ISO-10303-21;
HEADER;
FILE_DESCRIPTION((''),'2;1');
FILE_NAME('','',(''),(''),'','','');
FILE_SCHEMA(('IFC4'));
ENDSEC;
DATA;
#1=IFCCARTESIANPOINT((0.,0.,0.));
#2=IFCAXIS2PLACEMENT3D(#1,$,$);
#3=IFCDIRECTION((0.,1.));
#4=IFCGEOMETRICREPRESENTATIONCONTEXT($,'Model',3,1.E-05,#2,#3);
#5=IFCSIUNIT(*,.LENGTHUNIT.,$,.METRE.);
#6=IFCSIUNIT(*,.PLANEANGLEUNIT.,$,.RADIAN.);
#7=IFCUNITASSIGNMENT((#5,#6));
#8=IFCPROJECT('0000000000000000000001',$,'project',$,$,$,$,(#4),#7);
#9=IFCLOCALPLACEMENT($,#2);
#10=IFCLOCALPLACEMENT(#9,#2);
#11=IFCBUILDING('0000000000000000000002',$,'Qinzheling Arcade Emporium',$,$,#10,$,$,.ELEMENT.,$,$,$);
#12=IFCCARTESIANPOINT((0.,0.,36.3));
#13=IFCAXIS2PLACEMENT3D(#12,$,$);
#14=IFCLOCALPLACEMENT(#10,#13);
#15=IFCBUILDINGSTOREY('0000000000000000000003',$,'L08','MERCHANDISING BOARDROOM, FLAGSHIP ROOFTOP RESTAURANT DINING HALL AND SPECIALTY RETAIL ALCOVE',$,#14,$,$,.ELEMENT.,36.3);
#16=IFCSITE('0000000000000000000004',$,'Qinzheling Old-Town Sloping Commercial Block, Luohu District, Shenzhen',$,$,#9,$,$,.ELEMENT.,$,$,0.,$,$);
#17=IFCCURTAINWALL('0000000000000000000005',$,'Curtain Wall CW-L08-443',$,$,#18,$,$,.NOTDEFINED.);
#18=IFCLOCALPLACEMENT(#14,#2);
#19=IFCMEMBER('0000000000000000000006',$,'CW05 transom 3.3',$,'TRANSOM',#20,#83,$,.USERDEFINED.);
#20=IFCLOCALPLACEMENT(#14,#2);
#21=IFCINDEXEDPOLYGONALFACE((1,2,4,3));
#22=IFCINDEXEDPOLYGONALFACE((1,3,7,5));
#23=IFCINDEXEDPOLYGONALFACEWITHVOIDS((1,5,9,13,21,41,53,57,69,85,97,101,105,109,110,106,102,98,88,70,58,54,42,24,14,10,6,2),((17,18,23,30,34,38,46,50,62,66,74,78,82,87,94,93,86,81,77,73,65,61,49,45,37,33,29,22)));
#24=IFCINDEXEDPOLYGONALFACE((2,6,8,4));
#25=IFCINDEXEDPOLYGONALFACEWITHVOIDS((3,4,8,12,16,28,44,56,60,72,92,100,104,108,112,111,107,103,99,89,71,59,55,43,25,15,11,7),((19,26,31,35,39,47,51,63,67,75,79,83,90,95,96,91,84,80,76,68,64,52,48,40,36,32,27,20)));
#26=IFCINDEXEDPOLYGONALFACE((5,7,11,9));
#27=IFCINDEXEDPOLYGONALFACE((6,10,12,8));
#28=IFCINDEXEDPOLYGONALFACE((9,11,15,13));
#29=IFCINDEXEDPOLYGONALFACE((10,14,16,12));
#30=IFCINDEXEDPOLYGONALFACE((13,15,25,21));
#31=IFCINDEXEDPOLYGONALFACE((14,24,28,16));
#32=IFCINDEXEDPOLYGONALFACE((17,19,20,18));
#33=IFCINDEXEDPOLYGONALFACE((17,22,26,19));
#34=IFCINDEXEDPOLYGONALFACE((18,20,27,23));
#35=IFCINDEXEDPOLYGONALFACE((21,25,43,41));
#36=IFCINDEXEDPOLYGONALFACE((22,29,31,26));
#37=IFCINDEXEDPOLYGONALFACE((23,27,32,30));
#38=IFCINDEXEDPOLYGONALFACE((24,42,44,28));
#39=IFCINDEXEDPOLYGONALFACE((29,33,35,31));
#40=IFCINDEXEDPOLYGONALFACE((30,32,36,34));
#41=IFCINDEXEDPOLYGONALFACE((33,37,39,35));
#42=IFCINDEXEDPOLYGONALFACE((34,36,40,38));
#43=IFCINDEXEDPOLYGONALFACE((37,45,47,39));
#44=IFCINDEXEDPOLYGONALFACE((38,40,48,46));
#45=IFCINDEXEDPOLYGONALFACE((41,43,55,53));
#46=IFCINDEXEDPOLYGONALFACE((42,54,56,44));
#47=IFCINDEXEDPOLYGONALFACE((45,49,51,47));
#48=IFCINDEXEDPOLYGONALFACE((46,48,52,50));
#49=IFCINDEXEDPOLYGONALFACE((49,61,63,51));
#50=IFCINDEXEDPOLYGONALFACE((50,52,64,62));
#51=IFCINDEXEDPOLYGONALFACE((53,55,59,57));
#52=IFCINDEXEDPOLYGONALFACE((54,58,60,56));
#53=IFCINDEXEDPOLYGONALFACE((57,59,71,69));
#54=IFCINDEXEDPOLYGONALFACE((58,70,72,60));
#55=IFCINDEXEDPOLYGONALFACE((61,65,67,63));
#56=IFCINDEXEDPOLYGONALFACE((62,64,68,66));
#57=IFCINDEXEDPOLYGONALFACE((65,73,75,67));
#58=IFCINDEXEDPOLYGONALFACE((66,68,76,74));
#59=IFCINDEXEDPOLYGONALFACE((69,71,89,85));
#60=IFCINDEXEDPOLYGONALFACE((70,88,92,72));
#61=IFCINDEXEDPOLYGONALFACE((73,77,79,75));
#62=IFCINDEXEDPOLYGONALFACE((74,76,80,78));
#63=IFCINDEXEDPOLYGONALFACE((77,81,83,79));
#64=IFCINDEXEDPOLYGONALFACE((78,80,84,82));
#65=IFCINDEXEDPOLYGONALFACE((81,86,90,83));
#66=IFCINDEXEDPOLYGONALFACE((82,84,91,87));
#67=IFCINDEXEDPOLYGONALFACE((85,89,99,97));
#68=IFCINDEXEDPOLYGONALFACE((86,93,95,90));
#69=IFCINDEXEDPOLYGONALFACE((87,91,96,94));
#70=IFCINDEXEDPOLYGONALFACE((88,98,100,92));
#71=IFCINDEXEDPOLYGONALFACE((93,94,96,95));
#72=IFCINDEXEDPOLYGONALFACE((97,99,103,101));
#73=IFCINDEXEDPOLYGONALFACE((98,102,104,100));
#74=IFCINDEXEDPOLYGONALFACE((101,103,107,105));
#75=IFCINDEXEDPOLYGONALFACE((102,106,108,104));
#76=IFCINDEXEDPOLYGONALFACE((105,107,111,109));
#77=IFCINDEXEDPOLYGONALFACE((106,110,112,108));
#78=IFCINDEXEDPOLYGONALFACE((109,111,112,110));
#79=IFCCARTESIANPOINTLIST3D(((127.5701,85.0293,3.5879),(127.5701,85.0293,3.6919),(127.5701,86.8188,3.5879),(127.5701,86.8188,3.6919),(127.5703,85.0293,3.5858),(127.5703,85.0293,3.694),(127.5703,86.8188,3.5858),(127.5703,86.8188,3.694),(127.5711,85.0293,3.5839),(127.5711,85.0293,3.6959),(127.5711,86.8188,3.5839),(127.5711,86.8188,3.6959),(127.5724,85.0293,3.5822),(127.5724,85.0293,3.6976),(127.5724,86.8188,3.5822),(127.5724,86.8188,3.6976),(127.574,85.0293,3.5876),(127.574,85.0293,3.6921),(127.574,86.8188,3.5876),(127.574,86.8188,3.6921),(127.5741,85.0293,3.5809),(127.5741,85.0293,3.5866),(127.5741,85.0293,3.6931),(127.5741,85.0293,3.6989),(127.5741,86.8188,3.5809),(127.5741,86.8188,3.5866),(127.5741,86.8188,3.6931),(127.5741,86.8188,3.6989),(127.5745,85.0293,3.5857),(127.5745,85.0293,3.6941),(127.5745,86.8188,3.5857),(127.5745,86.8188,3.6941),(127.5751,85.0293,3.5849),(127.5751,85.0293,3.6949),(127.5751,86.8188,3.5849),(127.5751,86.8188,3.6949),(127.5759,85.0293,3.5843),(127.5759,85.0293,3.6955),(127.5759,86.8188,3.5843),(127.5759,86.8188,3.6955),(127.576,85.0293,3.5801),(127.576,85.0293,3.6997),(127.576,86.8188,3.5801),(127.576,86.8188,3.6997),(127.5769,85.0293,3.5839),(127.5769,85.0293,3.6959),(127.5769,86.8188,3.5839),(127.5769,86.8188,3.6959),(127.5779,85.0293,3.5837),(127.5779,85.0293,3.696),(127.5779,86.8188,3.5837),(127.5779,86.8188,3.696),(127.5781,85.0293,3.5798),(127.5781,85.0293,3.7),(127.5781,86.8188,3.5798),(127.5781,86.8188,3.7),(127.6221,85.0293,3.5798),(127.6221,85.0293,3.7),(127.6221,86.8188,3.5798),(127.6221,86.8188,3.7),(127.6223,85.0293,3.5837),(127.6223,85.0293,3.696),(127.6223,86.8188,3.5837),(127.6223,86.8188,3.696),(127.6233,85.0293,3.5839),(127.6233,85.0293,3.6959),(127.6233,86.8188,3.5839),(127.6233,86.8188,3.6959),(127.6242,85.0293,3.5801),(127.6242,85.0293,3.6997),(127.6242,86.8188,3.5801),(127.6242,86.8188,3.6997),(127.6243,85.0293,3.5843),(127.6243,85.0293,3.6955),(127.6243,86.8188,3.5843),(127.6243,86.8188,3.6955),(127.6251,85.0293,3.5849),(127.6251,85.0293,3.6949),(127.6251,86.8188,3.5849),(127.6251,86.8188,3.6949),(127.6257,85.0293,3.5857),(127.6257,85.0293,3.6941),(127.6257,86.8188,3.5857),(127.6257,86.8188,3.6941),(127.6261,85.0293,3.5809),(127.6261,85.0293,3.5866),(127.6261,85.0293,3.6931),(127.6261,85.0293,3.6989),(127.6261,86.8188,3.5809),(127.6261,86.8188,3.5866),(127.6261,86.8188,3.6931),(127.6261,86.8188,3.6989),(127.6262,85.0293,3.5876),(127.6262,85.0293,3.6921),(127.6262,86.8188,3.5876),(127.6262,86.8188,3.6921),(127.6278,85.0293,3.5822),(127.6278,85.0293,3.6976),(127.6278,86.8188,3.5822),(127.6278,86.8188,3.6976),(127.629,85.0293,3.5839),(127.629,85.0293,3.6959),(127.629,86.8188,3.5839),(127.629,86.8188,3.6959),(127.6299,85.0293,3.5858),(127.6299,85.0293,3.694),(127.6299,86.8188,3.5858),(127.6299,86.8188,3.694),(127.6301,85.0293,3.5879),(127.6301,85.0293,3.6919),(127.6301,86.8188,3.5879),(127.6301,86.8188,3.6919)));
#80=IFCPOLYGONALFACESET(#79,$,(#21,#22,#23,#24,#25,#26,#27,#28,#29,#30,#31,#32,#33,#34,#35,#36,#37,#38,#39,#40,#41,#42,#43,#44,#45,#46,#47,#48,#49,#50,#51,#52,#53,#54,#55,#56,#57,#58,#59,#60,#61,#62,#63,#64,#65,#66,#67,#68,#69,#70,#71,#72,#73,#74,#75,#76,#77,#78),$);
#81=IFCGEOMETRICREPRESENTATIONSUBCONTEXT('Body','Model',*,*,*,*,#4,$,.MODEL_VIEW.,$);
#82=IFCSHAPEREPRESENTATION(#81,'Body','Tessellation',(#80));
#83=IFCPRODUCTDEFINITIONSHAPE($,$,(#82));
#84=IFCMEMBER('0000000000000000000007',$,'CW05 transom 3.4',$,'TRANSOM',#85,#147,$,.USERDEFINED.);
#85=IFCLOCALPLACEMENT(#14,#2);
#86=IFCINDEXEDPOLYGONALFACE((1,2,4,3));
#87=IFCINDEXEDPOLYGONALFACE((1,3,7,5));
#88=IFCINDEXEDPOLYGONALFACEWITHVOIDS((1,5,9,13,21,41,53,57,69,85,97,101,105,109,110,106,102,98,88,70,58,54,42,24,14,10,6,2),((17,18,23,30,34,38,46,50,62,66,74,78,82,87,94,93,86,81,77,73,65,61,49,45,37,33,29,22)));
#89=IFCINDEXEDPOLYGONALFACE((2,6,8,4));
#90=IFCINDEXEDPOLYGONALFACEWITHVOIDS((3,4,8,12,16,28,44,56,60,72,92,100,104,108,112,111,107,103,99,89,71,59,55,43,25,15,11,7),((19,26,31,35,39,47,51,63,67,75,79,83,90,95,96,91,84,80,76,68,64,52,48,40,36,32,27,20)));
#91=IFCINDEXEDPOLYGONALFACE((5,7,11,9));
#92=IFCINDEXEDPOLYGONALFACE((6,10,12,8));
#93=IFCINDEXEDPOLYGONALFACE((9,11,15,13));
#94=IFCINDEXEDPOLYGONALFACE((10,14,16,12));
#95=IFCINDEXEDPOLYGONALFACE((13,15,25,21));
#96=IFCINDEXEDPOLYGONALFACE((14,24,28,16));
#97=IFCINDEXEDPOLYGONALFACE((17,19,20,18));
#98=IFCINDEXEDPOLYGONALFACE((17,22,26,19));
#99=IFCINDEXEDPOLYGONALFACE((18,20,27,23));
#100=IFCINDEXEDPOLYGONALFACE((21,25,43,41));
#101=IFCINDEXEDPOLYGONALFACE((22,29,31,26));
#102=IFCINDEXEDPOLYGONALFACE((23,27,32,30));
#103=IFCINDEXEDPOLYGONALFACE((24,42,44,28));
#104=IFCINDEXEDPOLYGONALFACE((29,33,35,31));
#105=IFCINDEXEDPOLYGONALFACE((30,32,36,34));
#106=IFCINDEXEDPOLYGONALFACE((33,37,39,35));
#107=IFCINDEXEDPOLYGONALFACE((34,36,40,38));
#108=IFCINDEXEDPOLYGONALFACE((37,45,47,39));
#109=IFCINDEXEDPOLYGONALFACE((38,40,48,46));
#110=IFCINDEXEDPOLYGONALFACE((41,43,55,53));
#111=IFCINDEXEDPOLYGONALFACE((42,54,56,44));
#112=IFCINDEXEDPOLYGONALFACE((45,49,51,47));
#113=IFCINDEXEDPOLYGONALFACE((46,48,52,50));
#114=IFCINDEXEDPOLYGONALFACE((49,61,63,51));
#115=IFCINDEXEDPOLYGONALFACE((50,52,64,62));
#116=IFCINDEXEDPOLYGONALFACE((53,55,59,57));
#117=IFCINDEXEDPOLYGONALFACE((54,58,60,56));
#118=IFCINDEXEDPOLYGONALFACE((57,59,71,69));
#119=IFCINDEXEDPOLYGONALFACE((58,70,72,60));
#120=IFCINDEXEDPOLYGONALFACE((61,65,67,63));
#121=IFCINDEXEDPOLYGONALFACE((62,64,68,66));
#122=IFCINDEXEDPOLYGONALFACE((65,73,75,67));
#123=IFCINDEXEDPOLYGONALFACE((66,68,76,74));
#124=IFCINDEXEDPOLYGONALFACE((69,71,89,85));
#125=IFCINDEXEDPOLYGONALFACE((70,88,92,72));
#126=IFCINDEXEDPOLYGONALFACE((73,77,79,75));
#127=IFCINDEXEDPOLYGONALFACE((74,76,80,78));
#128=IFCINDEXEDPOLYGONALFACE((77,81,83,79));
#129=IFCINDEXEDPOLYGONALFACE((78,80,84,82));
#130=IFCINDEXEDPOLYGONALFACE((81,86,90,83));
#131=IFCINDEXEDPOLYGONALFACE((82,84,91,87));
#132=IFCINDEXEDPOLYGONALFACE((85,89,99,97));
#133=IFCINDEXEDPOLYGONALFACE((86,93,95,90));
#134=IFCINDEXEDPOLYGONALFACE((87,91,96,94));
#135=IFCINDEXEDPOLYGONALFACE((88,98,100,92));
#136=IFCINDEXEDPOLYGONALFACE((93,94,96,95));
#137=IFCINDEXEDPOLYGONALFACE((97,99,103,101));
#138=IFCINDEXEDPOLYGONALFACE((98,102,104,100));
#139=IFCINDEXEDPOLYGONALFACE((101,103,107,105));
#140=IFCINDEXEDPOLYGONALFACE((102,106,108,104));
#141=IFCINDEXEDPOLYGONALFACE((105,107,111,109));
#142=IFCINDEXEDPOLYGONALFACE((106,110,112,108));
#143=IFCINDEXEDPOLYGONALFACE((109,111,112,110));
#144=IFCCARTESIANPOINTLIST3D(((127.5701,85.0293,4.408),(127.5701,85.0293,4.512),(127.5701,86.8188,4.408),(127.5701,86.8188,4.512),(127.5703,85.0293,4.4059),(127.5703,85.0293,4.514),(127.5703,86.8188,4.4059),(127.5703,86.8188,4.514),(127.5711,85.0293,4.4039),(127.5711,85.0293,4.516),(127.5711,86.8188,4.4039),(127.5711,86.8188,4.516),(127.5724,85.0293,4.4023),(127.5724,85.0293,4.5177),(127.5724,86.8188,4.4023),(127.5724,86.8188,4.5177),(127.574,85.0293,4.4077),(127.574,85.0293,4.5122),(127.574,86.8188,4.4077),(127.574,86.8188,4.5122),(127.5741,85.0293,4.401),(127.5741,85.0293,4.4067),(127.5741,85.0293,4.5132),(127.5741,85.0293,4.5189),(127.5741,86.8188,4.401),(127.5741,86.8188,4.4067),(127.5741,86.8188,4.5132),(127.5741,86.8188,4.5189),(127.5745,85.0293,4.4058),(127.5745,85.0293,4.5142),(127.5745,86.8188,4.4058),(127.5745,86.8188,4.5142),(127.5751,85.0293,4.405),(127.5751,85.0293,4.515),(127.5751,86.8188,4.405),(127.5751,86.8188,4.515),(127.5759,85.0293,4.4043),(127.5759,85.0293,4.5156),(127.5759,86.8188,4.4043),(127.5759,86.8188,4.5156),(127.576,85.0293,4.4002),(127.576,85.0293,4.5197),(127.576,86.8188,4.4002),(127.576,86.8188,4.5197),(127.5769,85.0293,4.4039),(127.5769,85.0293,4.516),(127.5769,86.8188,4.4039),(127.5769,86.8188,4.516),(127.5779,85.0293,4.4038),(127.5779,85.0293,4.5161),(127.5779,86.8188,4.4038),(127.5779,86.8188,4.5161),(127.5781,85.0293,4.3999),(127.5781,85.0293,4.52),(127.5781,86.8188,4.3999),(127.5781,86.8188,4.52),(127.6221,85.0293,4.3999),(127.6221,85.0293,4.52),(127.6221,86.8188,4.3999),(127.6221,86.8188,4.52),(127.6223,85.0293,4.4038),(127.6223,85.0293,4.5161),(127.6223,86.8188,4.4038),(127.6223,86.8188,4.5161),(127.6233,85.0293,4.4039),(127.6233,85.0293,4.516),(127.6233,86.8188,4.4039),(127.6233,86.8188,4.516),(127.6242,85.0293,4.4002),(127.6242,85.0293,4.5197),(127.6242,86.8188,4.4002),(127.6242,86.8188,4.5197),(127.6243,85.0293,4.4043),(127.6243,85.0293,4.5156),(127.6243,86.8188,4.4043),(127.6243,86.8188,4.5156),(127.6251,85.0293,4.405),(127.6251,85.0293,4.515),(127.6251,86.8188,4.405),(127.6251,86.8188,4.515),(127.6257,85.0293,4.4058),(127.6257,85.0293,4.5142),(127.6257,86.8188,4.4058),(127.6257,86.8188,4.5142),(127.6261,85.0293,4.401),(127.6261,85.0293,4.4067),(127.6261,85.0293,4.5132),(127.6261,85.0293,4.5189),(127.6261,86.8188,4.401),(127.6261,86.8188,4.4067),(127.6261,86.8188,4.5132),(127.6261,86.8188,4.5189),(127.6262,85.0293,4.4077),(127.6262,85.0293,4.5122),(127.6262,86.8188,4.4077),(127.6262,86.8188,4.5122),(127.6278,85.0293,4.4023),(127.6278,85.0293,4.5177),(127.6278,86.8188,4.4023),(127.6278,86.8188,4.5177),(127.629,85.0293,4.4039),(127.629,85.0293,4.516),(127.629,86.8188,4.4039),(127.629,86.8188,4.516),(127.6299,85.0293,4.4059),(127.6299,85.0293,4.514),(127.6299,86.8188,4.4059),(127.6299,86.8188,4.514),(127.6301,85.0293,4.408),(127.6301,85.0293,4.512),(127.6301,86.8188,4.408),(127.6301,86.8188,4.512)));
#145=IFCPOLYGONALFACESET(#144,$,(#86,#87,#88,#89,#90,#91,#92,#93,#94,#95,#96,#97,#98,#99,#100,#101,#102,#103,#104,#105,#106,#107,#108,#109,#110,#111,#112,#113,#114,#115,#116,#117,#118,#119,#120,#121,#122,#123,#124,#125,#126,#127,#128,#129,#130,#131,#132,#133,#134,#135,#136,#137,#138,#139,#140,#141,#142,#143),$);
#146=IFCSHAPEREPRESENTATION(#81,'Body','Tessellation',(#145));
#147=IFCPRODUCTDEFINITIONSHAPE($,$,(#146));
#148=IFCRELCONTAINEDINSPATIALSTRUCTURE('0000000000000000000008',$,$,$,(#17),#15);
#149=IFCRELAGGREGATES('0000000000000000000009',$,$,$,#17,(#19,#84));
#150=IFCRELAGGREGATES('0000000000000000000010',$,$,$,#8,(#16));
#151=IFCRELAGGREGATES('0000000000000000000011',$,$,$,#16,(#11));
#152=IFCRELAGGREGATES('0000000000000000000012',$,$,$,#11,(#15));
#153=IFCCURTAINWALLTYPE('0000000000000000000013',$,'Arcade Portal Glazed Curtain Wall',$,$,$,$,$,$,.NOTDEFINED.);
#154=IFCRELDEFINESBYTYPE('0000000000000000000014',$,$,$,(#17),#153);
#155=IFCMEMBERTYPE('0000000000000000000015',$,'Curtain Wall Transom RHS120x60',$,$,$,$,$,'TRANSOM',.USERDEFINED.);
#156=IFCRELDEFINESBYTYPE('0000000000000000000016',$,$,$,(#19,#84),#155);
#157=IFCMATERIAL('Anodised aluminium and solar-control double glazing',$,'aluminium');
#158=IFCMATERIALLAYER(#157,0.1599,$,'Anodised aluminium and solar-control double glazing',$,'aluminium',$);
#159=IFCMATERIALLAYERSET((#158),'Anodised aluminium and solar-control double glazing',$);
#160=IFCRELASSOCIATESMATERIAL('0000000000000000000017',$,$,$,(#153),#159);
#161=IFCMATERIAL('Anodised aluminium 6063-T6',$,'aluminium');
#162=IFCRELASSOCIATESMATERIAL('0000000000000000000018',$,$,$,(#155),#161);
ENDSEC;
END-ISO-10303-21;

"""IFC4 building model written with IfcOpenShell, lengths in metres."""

from ifc_helpers import new_model, si_unit, direction, frame, origin, origin_2d, place, context, subcontext, project, spatial, hollow_rectangle, extrude, material, layer, layer_set, material_profile, profile_set, type_object, element, aggregate, save


model = new_model("IFC4")

# Units and contexts
model_context = context("Model", 3, precision=1e-05, world=origin(), true_north=direction((0.0, 1.0)))
body_context = subcontext(model_context, "Body", "Model", "MODEL_VIEW")
ifc_project = project(units=[si_unit("LENGTHUNIT", "METRE"), si_unit("PLANEANGLEUNIT", "RADIAN")], contexts=[model_context])

# Site, building, storey
site_placement = place(None, origin())
site = spatial("IfcSite", under=ifc_project, at=site_placement, Name="Qinzheling Old-Town Sloping Commercial Block, Luohu District, Shenzhen", CompositionType="ELEMENT", RefElevation=0.0)
building_placement = place(site_placement, origin())
building = spatial("IfcBuilding", under=site, at=building_placement, Name="Qinzheling Arcade Emporium", CompositionType="ELEMENT")
storey_placement = place(building_placement, frame((0.0, 0.0, 36.3)))
storey = spatial("IfcBuildingStorey", under=building, at=storey_placement, Name="L08", Description="MERCHANDISING BOARDROOM, FLAGSHIP ROOFTOP RESTAURANT DINING HALL AND SPECIALTY RETAIL ALCOVE", CompositionType="ELEMENT", Elevation=36.3)

# Curtain wall, members
ifc_material_1 = material(Name="Anodised aluminium and solar-control double glazing", Category="aluminium")
ifc_layer_1 = layer(ifc_material_1, 0.1599, Name="Anodised aluminium and solar-control double glazing", Category="aluminium")
ifc_layer_set_1 = layer_set([ifc_layer_1], Name="Anodised aluminium and solar-control double glazing")
curtain_wall_type = type_object("IfcCurtainWallType", Name="Arcade Portal Glazed Curtain Wall", PredefinedType="NOTDEFINED", material=ifc_layer_set_1)
curtain_wall_placement = place(storey_placement, origin())
curtain_wall = element("IfcCurtainWall", 1, at=curtain_wall_placement, inside=storey, type_object=curtain_wall_type, Name="Curtain Wall CW-L08-443", PredefinedType="NOTDEFINED")
ifc_material_2 = material(Name="Anodised aluminium 6063-T6", Category="aluminium")
ifc_material_profile_1 = material_profile(ifc_material_2, hollow_rectangle(XDim=0.0601, YDim=0.1201, WallThickness=0.0039, InnerFilletRadius=0.0039, OuterFilletRadius=0.0081, at=origin_2d()), Name="RHS 120x60x4", Category="aluminium")
ifc_profile_set_1 = profile_set([ifc_material_profile_1], Name="Anodised aluminium 6063-T6")
member_type_1 = type_object("IfcMemberType", Name="Curtain Wall Transom RHS120x60", ElementType="TRANSOM", PredefinedType="USERDEFINED", material=ifc_profile_set_1)
member_1_placement = place(storey_placement, frame((127.6001, 86.8188, 3.6399), z_axis=(0.0, -1.0, 0.0), x_axis=(1.0, 0.0, 0.0)))
member_1 = element("IfcMember", 2, at=member_1_placement, type_object=member_type_1, Name="CW05 transom 3.3", ObjectType="TRANSOM", PredefinedType="USERDEFINED", context=body_context, shape_type="SweptSolid", body=[
    extrude(hollow_rectangle(XDim=0.0601, YDim=0.1201, WallThickness=0.0039, InnerFilletRadius=0.0039, OuterFilletRadius=0.0081, at=origin_2d()), origin(), (0.0, 0.0, 1.0), 1.7896),
])
member_2_placement = place(storey_placement, frame((127.6001, 86.8188, 4.46), z_axis=(0.0, -1.0, 0.0), x_axis=(1.0, 0.0, 0.0)))
member_2 = element("IfcMember", 3, at=member_2_placement, type_object=member_type_1, Name="CW05 transom 3.4", ObjectType="TRANSOM", PredefinedType="USERDEFINED", context=body_context, shape_type="SweptSolid", body=[
    extrude(hollow_rectangle(XDim=0.0601, YDim=0.1201, WallThickness=0.0039, InnerFilletRadius=0.0039, OuterFilletRadius=0.0081, at=origin_2d()), origin(), (0.0, 0.0, 1.0), 1.7896),
])

aggregate(curtain_wall, [member_1, member_2])

save(model, "model.ifc")
